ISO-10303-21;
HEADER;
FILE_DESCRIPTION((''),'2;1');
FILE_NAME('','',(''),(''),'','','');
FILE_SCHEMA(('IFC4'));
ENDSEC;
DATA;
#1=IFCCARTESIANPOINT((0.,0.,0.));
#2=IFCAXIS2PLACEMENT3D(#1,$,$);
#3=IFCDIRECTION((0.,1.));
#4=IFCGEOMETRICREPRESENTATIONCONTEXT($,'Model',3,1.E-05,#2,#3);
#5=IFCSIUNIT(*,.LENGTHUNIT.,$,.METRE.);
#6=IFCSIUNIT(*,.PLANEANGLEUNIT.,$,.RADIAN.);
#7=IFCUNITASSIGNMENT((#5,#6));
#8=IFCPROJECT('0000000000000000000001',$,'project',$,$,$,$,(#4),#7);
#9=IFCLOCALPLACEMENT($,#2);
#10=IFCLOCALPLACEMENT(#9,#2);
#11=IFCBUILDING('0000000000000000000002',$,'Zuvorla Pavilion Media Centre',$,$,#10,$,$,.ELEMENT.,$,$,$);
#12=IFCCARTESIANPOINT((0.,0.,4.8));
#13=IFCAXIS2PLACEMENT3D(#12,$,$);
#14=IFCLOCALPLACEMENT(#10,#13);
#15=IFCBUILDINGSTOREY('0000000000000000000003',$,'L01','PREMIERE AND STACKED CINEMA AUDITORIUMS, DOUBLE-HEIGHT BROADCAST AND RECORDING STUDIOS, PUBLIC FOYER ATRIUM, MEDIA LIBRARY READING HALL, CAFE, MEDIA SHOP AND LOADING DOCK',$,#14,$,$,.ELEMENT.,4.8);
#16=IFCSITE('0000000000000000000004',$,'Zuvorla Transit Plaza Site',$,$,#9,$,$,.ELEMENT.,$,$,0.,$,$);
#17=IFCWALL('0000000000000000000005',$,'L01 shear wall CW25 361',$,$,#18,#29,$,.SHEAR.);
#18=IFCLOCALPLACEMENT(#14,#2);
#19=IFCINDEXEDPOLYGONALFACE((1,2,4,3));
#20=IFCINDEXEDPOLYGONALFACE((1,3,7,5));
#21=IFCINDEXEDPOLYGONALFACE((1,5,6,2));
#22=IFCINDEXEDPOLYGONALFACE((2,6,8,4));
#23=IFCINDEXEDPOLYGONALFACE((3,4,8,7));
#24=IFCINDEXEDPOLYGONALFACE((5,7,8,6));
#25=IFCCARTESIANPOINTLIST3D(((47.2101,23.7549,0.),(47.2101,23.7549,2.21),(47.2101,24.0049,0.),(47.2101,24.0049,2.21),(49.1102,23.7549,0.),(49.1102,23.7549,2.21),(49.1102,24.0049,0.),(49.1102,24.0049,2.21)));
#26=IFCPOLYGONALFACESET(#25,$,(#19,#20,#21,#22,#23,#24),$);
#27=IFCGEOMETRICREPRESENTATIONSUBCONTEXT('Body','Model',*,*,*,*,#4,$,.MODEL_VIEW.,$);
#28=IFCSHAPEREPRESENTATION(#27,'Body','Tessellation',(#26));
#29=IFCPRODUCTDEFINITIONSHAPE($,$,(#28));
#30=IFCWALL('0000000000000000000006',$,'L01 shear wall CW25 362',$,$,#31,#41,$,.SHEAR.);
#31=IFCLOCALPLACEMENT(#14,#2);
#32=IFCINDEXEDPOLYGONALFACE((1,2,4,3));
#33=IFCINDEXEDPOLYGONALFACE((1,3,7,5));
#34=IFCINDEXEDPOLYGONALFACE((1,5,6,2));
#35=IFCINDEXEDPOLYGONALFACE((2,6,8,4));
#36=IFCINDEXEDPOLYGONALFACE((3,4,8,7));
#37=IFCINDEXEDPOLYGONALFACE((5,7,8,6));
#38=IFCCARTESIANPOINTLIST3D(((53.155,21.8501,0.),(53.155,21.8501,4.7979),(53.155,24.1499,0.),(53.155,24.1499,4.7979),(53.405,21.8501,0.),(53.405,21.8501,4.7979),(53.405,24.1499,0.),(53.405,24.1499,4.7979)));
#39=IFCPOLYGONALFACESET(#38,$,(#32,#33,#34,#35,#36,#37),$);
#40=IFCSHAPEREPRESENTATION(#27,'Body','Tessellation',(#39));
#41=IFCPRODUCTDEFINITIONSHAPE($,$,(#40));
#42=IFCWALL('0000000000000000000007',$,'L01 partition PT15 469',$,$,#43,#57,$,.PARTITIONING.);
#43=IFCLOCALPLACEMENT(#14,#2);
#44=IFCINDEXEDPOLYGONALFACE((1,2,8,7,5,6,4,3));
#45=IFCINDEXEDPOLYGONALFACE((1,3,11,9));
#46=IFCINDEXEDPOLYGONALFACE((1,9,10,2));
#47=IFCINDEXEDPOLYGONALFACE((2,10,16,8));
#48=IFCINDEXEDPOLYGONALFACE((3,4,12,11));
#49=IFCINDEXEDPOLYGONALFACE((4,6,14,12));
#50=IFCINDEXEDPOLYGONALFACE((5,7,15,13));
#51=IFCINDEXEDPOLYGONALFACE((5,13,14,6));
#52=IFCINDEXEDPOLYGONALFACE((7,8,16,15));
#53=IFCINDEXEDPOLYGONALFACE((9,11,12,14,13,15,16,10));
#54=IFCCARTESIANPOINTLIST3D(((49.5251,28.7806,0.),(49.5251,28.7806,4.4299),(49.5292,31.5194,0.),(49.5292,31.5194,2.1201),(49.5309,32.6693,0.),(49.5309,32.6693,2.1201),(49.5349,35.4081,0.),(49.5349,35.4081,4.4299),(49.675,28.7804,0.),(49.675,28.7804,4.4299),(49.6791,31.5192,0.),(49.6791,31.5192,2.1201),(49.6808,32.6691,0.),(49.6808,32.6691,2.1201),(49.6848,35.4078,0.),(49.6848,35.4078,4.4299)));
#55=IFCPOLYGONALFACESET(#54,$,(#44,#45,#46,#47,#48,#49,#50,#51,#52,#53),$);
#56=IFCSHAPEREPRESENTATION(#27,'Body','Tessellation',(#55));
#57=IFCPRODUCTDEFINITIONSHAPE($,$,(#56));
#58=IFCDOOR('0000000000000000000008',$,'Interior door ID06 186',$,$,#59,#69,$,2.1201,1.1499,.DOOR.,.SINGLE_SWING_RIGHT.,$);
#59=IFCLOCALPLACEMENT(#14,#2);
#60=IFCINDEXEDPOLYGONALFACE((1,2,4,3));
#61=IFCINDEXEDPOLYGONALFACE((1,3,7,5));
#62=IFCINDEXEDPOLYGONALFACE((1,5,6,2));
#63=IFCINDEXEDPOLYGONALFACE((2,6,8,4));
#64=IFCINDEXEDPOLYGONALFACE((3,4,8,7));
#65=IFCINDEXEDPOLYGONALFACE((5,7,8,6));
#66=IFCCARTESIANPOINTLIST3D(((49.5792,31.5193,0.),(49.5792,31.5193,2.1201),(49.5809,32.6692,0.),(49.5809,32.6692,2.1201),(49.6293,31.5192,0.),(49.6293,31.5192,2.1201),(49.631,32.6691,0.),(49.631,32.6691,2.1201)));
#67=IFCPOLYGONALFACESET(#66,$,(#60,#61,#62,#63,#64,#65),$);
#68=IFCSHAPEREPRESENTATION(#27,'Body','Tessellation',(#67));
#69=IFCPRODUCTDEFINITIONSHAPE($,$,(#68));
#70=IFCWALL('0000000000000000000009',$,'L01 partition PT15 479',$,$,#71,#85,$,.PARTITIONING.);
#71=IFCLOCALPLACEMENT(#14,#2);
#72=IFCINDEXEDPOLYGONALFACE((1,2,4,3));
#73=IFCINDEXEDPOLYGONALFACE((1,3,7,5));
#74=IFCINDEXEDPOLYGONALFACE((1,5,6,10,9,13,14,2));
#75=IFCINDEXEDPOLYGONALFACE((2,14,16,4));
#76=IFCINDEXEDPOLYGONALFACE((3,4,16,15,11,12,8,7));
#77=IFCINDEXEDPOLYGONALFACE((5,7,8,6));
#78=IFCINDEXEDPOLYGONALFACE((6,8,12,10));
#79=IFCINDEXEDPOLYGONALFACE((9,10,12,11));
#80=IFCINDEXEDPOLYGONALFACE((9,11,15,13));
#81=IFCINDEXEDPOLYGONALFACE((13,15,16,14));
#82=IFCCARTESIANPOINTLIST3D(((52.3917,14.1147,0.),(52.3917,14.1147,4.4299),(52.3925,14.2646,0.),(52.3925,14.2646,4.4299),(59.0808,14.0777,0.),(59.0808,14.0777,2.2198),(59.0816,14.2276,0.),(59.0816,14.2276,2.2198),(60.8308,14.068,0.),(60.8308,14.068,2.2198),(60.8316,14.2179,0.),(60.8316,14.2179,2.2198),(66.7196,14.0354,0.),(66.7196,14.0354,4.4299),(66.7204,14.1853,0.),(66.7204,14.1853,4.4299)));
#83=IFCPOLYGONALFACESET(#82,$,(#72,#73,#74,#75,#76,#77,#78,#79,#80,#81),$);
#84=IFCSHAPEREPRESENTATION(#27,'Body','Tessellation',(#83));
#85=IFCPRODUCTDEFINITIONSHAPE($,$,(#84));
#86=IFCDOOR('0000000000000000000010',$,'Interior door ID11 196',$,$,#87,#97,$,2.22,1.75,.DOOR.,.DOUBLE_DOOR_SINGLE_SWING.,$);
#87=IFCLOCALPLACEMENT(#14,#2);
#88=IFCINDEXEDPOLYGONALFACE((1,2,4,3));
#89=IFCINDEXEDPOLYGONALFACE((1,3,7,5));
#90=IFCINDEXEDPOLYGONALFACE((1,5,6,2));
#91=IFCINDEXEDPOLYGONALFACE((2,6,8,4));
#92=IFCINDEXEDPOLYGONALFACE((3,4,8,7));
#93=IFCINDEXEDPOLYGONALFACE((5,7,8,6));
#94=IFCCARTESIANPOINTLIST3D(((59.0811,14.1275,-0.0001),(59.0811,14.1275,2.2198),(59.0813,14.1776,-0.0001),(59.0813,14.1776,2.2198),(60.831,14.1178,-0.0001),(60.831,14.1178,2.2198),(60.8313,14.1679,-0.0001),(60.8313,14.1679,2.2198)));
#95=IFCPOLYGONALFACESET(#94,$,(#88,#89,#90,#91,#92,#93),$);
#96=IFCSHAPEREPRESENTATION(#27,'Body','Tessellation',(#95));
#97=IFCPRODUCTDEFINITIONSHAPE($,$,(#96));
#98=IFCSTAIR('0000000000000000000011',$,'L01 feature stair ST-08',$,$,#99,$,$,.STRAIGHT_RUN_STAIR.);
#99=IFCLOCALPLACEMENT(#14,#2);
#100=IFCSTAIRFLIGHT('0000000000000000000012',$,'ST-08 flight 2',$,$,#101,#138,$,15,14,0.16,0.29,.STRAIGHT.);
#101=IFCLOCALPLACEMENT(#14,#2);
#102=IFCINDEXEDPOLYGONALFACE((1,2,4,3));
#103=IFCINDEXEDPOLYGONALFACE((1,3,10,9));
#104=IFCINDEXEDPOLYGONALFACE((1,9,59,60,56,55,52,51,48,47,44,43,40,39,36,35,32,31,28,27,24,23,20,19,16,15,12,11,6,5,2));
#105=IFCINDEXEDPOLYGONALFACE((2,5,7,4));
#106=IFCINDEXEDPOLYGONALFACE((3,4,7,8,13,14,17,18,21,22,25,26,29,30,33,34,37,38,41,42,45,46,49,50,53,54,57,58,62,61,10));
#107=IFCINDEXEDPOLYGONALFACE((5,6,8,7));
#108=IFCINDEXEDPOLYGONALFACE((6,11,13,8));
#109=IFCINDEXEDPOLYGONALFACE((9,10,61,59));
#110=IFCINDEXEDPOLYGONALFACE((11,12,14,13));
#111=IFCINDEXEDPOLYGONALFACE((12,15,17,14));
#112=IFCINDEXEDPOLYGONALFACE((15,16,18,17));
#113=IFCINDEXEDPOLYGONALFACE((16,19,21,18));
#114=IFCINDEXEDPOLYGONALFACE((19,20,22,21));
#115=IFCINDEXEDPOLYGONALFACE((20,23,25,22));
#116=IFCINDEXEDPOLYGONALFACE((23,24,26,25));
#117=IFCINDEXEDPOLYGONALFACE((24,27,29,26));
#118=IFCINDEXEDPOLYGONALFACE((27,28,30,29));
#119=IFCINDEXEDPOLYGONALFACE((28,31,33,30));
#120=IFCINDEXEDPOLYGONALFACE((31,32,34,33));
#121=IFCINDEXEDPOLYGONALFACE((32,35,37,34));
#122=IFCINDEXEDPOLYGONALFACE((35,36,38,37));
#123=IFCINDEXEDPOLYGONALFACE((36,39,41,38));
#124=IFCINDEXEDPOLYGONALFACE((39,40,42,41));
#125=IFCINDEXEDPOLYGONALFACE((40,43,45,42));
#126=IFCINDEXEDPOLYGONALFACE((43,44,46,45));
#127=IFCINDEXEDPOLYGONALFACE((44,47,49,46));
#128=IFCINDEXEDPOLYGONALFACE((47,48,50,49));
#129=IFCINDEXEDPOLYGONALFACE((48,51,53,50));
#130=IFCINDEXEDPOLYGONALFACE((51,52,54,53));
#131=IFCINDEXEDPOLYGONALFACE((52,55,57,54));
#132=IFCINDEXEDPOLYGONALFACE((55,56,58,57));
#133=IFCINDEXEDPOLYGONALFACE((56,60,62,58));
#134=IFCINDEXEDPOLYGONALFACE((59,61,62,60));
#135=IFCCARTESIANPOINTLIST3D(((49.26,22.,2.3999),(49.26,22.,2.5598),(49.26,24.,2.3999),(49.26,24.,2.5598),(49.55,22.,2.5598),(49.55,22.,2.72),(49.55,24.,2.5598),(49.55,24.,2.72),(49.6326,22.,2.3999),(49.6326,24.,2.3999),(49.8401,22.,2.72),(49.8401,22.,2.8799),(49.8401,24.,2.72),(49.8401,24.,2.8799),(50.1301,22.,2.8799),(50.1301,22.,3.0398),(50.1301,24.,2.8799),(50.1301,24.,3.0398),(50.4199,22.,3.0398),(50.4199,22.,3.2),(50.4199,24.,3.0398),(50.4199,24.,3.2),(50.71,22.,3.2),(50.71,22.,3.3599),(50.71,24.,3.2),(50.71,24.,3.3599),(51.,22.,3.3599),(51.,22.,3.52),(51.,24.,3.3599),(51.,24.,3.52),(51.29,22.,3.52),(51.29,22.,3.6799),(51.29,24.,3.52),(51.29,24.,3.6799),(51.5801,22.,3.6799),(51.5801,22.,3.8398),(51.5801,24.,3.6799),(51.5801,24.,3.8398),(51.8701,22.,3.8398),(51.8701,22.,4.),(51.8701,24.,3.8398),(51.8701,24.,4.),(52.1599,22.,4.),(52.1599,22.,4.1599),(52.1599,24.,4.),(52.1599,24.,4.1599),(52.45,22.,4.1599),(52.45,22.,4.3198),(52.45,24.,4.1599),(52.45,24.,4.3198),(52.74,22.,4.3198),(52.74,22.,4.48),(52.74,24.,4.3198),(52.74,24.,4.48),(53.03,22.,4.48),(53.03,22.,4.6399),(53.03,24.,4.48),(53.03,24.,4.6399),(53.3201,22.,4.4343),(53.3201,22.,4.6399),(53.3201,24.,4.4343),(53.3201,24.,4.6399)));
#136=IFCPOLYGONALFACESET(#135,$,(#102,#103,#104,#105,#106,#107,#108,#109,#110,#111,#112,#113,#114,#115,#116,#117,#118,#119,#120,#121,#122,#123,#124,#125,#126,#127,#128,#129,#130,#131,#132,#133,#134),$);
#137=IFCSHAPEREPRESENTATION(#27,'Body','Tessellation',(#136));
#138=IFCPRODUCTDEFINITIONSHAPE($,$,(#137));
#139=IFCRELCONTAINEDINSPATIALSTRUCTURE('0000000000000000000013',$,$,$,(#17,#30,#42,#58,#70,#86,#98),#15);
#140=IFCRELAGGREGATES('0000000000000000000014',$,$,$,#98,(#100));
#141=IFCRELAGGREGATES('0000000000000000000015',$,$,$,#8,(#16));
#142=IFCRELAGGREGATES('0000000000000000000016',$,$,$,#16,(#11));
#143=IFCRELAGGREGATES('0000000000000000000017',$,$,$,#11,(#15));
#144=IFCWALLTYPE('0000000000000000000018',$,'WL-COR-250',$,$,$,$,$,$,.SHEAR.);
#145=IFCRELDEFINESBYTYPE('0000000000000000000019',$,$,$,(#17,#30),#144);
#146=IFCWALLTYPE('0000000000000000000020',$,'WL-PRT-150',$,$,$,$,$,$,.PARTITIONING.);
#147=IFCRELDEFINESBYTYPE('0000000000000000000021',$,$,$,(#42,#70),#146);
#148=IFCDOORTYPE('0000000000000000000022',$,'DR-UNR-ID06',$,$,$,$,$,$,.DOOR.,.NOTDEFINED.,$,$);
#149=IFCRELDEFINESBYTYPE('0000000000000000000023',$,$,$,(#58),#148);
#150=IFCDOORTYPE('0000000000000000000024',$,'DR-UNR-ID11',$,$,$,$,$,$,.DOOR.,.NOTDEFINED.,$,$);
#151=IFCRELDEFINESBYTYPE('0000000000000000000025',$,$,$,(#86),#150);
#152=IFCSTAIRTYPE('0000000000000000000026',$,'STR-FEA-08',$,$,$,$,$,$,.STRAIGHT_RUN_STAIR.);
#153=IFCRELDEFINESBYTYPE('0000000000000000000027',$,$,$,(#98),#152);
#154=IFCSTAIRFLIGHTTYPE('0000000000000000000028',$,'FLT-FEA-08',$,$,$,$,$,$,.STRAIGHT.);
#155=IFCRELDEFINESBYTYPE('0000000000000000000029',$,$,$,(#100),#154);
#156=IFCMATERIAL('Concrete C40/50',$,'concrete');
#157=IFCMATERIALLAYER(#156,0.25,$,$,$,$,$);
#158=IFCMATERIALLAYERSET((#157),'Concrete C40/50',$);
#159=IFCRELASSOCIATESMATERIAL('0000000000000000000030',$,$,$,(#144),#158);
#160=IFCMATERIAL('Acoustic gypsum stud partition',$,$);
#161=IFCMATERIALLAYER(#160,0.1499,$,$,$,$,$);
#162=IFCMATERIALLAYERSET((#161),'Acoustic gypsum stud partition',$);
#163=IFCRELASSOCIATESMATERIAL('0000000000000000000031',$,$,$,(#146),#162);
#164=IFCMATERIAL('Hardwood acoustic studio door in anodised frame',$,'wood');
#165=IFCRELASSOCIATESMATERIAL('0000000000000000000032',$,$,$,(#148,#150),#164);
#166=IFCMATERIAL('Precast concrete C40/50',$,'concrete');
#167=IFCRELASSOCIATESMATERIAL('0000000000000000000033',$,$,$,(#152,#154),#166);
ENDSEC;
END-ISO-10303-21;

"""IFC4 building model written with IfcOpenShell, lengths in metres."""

from ifc_helpers import new_model, si_unit, direction, frame, frame_2d, origin, place, context, subcontext, project, spatial, polyline, rectangle, outline, extrude, material, layer, layer_set, type_object, element, fill, aggregate, save


model = new_model("IFC4")

# Units and contexts
model_context = context("Model", 3, precision=1e-05, world=origin(), true_north=direction((0.0, 1.0)))
body_context = subcontext(model_context, "Body", "Model", "MODEL_VIEW")
ifc_project = project(units=[si_unit("LENGTHUNIT", "METRE"), si_unit("PLANEANGLEUNIT", "RADIAN")], contexts=[model_context])

# Site, building, storey
site_placement = place(None, origin())
site = spatial("IfcSite", under=ifc_project, at=site_placement, Name="Zuvorla Transit Plaza Site", CompositionType="ELEMENT", RefElevation=0.0)
building_placement = place(site_placement, origin())
building = spatial("IfcBuilding", under=site, at=building_placement, Name="Zuvorla Pavilion Media Centre", CompositionType="ELEMENT")
storey_placement = place(building_placement, frame((0.0, 0.0, 4.8)))
storey = spatial("IfcBuildingStorey", under=building, at=storey_placement, Name="L01", Description="PREMIERE AND STACKED CINEMA AUDITORIUMS, DOUBLE-HEIGHT BROADCAST AND RECORDING STUDIOS, PUBLIC FOYER ATRIUM, MEDIA LIBRARY READING HALL, CAFE, MEDIA SHOP AND LOADING DOCK", CompositionType="ELEMENT", Elevation=4.8)

# Shared definitions
ifc_material_1 = material(Name="Concrete C40/50", Category="concrete")

# Walls
ifc_layer_1 = layer(ifc_material_1, 0.25)
ifc_layer_set_1 = layer_set([ifc_layer_1], Name="Concrete C40/50")
wall_type_1 = type_object("IfcWallType", Name="WL-COR-250", PredefinedType="SHEAR", material=ifc_layer_set_1)
for number, where, z_axis, x_axis, name in (
    (1, (47.21, 23.8799, 0.0), (0.0, 0.0, 1.0), (1.0, 0.0, 0.0), "L01 shear wall CW25 361"),
):
    element("IfcWall", number, at=place(storey_placement, frame(where, z_axis=z_axis, x_axis=x_axis)), inside=storey, type_object=wall_type_1, Name=name, PredefinedType="SHEAR", context=body_context, shape_type="SweptSolid", body=[
        extrude(rectangle(XDim=1.9001, YDim=0.25, at=frame_2d((0.9502, 0.0))), origin(), (0.0, 0.0, 1.0), 2.21),
    ])
wall_1_placement = place(storey_placement, frame((53.28, 21.8501, 0.0), z_axis=(0.0, 0.0, 1.0), x_axis=(0.0, 1.0, 0.0)))
element("IfcWall", 2, at=wall_1_placement, inside=storey, type_object=wall_type_1, Name="L01 shear wall CW25 362", PredefinedType="SHEAR", context=body_context, shape_type="SweptSolid", body=[
    extrude(rectangle(XDim=2.2998, YDim=0.25, at=frame_2d((1.1499, 0.0))), origin(), (0.0, 0.0, 1.0), 4.7979),
])

# Walls, openings, doors
ifc_material_2 = material(Name="Acoustic gypsum stud partition")
ifc_layer_2 = layer(ifc_material_2, 0.1499)
ifc_layer_set_2 = layer_set([ifc_layer_2], Name="Acoustic gypsum stud partition")
wall_type_2 = type_object("IfcWallType", Name="WL-PRT-150", PredefinedType="PARTITIONING", material=ifc_layer_set_2)
wall_2_placement = place(storey_placement, frame((49.6001, 28.7805, 0.0), z_axis=(0.0, 0.0, 1.0), x_axis=(0.001474, 0.999999, 0.0)))
wall_2 = element("IfcWall", 3, at=wall_2_placement, inside=storey, type_object=wall_type_2, Name="L01 partition PT15 469", PredefinedType="PARTITIONING", context=body_context, shape_type="SweptSolid", body=[
    extrude(rectangle(XDim=6.6274, YDim=0.1499, at=frame_2d((3.3137, 0.0))), origin(), (0.0, 0.0, 1.0), 4.4299),
])
opening_1_placement = place(wall_2_placement, frame((2.7388, 0.0, 0.0)))
opening_1 = element("IfcOpeningElement", 4, at=opening_1_placement, cuts=wall_2, PredefinedType="OPENING", context=body_context, shape_type="SweptSolid", body=[
    extrude(rectangle(XDim=1.1499, YDim=2.1201, at=frame_2d((0.575, 1.0601))), frame((0.0, 0.085, 0.0), z_axis=(0.0, -1.0, 0.0), x_axis=(1.0, 0.0, 0.0)), (0.0, 0.0, 1.0), 0.1699),
])
ifc_material_3 = material(Name="Hardwood acoustic studio door in anodised frame", Category="wood")
door_type_1 = type_object("IfcDoorType", Name="DR-UNR-ID06", OperationType="NOTDEFINED", PredefinedType="DOOR", material=ifc_material_3)
door_1_placement = place(opening_1_placement, origin())
door_1 = element("IfcDoor", 5, at=door_1_placement, inside=storey, type_object=door_type_1, Name="Interior door ID06 186", OperationType="SINGLE_SWING_RIGHT", OverallHeight=2.1201, OverallWidth=1.1499, PredefinedType="DOOR", context=body_context, shape_type="SweptSolid", body=[
    extrude(rectangle(XDim=1.1499, YDim=2.1201, at=frame_2d((0.575, 1.0601))), frame((0.0, 0.0249, 0.0), z_axis=(0.0, -1.0, 0.0), x_axis=(1.0, 0.0, 0.0)), (0.0, 0.0, 1.0), 0.05),
])
fill(opening_1, door_1)
wall_3_placement = place(storey_placement, frame((52.3921, 14.1897, 0.0), z_axis=(0.0, 0.0, 1.0), x_axis=(0.999985, -0.005538, 0.0)))
wall_3 = element("IfcWall", 6, at=wall_3_placement, inside=storey, type_object=wall_type_2, Name="L01 partition PT15 479", PredefinedType="PARTITIONING", context=body_context, shape_type="SweptSolid", body=[
    extrude(rectangle(XDim=14.3281, YDim=0.1499, at=frame_2d((7.1641, 0.0))), origin(), (0.0, 0.0, 1.0), 4.4299),
])
opening_2_placement = place(wall_3_placement, frame((6.6892, 0.0, 0.0)))
opening_2 = element("IfcOpeningElement", 7, at=opening_2_placement, cuts=wall_3, PredefinedType="OPENING", context=body_context, shape_type="SweptSolid", body=[
    extrude(rectangle(XDim=1.75, YDim=2.22, at=frame_2d((0.875, 1.1099))), frame((0.0, 0.085, 0.0), z_axis=(0.0, -1.0, 0.0), x_axis=(1.0, 0.0, 0.0)), (0.0, 0.0, 1.0), 0.1699),
])
door_type_2 = type_object("IfcDoorType", Name="DR-UNR-ID11", OperationType="NOTDEFINED", PredefinedType="DOOR", material=ifc_material_3)
door_2_placement = place(opening_2_placement, origin())
door_2 = element("IfcDoor", 8, at=door_2_placement, inside=storey, type_object=door_type_2, Name="Interior door ID11 196", OperationType="DOUBLE_DOOR_SINGLE_SWING", OverallHeight=2.22, OverallWidth=1.75, PredefinedType="DOOR", context=body_context, shape_type="SweptSolid", body=[
    extrude(rectangle(XDim=1.75, YDim=2.22, at=frame_2d((0.875, 1.1099))), frame((0.0, 0.0249, 0.0), z_axis=(0.0, -1.0, 0.0), x_axis=(1.0, 0.0, 0.0)), (0.0, 0.0, 1.0), 0.05),
])
fill(opening_2, door_2)

# Stair, stair flight
ifc_material_4 = material(Name="Precast concrete C40/50", Category="concrete")
stair_type = type_object("IfcStairType", Name="STR-FEA-08", PredefinedType="STRAIGHT_RUN_STAIR", material=ifc_material_4)
stair_placement = place(storey_placement, origin())
stair = element("IfcStair", 9, at=stair_placement, inside=storey, type_object=stair_type, Name="L01 feature stair ST-08", PredefinedType="STRAIGHT_RUN_STAIR")
stair_flight_type = type_object("IfcStairFlightType", Name="FLT-FEA-08", PredefinedType="STRAIGHT", material=ifc_material_4)
stair_flight_placement = place(storey_placement, frame((49.26, 23.0, 2.3999), z_axis=(0.0, 0.0, 1.0), x_axis=(1.0, 0.0, 0.0)))
stair_flight = element("IfcStairFlight", 10, at=stair_flight_placement, type_object=stair_flight_type, Name="ST-08 flight 2", NumberOfRisers=15, NumberOfTreads=14, PredefinedType="STRAIGHT", RiserHeight=0.16, TreadLength=0.29, context=body_context, shape_type="SweptSolid", body=[
    extrude(outline(polyline([(0.0, 0.0), (0.0, 0.1599), (0.29, 0.1599), (0.29, 0.3201), (0.5801, 0.3201), (0.5801, 0.48), (0.8701, 0.48), (0.8701, 0.6399), (1.1599, 0.6399), (1.1599, 0.8), (1.45, 0.8), (1.45, 0.96), (1.74, 0.96), (1.74, 1.1201), (2.03, 1.1201), (2.03, 1.28), (2.3201, 1.28), (2.3201, 1.4399), (2.6101, 1.4399), (2.6101, 1.6001), (2.8999, 1.6001), (2.8999, 1.76), (3.1899, 1.76), (3.1899, 1.9199), (3.48, 1.9199), (3.48, 2.0801), (3.77, 2.0801), (3.77, 2.24), (4.0601, 2.24), (4.0601, 2.3999), (4.0601, 2.0344), (0.3726, 0.0), (0.0, 0.0)])), frame((0.0, 1.0, 0.0), z_axis=(0.0, -1.0, 0.0), x_axis=(1.0, 0.0, 0.0)), (0.0, 0.0, 1.0), 2.0),
])
aggregate(stair, [stair_flight])

save(model, "model.ifc")
